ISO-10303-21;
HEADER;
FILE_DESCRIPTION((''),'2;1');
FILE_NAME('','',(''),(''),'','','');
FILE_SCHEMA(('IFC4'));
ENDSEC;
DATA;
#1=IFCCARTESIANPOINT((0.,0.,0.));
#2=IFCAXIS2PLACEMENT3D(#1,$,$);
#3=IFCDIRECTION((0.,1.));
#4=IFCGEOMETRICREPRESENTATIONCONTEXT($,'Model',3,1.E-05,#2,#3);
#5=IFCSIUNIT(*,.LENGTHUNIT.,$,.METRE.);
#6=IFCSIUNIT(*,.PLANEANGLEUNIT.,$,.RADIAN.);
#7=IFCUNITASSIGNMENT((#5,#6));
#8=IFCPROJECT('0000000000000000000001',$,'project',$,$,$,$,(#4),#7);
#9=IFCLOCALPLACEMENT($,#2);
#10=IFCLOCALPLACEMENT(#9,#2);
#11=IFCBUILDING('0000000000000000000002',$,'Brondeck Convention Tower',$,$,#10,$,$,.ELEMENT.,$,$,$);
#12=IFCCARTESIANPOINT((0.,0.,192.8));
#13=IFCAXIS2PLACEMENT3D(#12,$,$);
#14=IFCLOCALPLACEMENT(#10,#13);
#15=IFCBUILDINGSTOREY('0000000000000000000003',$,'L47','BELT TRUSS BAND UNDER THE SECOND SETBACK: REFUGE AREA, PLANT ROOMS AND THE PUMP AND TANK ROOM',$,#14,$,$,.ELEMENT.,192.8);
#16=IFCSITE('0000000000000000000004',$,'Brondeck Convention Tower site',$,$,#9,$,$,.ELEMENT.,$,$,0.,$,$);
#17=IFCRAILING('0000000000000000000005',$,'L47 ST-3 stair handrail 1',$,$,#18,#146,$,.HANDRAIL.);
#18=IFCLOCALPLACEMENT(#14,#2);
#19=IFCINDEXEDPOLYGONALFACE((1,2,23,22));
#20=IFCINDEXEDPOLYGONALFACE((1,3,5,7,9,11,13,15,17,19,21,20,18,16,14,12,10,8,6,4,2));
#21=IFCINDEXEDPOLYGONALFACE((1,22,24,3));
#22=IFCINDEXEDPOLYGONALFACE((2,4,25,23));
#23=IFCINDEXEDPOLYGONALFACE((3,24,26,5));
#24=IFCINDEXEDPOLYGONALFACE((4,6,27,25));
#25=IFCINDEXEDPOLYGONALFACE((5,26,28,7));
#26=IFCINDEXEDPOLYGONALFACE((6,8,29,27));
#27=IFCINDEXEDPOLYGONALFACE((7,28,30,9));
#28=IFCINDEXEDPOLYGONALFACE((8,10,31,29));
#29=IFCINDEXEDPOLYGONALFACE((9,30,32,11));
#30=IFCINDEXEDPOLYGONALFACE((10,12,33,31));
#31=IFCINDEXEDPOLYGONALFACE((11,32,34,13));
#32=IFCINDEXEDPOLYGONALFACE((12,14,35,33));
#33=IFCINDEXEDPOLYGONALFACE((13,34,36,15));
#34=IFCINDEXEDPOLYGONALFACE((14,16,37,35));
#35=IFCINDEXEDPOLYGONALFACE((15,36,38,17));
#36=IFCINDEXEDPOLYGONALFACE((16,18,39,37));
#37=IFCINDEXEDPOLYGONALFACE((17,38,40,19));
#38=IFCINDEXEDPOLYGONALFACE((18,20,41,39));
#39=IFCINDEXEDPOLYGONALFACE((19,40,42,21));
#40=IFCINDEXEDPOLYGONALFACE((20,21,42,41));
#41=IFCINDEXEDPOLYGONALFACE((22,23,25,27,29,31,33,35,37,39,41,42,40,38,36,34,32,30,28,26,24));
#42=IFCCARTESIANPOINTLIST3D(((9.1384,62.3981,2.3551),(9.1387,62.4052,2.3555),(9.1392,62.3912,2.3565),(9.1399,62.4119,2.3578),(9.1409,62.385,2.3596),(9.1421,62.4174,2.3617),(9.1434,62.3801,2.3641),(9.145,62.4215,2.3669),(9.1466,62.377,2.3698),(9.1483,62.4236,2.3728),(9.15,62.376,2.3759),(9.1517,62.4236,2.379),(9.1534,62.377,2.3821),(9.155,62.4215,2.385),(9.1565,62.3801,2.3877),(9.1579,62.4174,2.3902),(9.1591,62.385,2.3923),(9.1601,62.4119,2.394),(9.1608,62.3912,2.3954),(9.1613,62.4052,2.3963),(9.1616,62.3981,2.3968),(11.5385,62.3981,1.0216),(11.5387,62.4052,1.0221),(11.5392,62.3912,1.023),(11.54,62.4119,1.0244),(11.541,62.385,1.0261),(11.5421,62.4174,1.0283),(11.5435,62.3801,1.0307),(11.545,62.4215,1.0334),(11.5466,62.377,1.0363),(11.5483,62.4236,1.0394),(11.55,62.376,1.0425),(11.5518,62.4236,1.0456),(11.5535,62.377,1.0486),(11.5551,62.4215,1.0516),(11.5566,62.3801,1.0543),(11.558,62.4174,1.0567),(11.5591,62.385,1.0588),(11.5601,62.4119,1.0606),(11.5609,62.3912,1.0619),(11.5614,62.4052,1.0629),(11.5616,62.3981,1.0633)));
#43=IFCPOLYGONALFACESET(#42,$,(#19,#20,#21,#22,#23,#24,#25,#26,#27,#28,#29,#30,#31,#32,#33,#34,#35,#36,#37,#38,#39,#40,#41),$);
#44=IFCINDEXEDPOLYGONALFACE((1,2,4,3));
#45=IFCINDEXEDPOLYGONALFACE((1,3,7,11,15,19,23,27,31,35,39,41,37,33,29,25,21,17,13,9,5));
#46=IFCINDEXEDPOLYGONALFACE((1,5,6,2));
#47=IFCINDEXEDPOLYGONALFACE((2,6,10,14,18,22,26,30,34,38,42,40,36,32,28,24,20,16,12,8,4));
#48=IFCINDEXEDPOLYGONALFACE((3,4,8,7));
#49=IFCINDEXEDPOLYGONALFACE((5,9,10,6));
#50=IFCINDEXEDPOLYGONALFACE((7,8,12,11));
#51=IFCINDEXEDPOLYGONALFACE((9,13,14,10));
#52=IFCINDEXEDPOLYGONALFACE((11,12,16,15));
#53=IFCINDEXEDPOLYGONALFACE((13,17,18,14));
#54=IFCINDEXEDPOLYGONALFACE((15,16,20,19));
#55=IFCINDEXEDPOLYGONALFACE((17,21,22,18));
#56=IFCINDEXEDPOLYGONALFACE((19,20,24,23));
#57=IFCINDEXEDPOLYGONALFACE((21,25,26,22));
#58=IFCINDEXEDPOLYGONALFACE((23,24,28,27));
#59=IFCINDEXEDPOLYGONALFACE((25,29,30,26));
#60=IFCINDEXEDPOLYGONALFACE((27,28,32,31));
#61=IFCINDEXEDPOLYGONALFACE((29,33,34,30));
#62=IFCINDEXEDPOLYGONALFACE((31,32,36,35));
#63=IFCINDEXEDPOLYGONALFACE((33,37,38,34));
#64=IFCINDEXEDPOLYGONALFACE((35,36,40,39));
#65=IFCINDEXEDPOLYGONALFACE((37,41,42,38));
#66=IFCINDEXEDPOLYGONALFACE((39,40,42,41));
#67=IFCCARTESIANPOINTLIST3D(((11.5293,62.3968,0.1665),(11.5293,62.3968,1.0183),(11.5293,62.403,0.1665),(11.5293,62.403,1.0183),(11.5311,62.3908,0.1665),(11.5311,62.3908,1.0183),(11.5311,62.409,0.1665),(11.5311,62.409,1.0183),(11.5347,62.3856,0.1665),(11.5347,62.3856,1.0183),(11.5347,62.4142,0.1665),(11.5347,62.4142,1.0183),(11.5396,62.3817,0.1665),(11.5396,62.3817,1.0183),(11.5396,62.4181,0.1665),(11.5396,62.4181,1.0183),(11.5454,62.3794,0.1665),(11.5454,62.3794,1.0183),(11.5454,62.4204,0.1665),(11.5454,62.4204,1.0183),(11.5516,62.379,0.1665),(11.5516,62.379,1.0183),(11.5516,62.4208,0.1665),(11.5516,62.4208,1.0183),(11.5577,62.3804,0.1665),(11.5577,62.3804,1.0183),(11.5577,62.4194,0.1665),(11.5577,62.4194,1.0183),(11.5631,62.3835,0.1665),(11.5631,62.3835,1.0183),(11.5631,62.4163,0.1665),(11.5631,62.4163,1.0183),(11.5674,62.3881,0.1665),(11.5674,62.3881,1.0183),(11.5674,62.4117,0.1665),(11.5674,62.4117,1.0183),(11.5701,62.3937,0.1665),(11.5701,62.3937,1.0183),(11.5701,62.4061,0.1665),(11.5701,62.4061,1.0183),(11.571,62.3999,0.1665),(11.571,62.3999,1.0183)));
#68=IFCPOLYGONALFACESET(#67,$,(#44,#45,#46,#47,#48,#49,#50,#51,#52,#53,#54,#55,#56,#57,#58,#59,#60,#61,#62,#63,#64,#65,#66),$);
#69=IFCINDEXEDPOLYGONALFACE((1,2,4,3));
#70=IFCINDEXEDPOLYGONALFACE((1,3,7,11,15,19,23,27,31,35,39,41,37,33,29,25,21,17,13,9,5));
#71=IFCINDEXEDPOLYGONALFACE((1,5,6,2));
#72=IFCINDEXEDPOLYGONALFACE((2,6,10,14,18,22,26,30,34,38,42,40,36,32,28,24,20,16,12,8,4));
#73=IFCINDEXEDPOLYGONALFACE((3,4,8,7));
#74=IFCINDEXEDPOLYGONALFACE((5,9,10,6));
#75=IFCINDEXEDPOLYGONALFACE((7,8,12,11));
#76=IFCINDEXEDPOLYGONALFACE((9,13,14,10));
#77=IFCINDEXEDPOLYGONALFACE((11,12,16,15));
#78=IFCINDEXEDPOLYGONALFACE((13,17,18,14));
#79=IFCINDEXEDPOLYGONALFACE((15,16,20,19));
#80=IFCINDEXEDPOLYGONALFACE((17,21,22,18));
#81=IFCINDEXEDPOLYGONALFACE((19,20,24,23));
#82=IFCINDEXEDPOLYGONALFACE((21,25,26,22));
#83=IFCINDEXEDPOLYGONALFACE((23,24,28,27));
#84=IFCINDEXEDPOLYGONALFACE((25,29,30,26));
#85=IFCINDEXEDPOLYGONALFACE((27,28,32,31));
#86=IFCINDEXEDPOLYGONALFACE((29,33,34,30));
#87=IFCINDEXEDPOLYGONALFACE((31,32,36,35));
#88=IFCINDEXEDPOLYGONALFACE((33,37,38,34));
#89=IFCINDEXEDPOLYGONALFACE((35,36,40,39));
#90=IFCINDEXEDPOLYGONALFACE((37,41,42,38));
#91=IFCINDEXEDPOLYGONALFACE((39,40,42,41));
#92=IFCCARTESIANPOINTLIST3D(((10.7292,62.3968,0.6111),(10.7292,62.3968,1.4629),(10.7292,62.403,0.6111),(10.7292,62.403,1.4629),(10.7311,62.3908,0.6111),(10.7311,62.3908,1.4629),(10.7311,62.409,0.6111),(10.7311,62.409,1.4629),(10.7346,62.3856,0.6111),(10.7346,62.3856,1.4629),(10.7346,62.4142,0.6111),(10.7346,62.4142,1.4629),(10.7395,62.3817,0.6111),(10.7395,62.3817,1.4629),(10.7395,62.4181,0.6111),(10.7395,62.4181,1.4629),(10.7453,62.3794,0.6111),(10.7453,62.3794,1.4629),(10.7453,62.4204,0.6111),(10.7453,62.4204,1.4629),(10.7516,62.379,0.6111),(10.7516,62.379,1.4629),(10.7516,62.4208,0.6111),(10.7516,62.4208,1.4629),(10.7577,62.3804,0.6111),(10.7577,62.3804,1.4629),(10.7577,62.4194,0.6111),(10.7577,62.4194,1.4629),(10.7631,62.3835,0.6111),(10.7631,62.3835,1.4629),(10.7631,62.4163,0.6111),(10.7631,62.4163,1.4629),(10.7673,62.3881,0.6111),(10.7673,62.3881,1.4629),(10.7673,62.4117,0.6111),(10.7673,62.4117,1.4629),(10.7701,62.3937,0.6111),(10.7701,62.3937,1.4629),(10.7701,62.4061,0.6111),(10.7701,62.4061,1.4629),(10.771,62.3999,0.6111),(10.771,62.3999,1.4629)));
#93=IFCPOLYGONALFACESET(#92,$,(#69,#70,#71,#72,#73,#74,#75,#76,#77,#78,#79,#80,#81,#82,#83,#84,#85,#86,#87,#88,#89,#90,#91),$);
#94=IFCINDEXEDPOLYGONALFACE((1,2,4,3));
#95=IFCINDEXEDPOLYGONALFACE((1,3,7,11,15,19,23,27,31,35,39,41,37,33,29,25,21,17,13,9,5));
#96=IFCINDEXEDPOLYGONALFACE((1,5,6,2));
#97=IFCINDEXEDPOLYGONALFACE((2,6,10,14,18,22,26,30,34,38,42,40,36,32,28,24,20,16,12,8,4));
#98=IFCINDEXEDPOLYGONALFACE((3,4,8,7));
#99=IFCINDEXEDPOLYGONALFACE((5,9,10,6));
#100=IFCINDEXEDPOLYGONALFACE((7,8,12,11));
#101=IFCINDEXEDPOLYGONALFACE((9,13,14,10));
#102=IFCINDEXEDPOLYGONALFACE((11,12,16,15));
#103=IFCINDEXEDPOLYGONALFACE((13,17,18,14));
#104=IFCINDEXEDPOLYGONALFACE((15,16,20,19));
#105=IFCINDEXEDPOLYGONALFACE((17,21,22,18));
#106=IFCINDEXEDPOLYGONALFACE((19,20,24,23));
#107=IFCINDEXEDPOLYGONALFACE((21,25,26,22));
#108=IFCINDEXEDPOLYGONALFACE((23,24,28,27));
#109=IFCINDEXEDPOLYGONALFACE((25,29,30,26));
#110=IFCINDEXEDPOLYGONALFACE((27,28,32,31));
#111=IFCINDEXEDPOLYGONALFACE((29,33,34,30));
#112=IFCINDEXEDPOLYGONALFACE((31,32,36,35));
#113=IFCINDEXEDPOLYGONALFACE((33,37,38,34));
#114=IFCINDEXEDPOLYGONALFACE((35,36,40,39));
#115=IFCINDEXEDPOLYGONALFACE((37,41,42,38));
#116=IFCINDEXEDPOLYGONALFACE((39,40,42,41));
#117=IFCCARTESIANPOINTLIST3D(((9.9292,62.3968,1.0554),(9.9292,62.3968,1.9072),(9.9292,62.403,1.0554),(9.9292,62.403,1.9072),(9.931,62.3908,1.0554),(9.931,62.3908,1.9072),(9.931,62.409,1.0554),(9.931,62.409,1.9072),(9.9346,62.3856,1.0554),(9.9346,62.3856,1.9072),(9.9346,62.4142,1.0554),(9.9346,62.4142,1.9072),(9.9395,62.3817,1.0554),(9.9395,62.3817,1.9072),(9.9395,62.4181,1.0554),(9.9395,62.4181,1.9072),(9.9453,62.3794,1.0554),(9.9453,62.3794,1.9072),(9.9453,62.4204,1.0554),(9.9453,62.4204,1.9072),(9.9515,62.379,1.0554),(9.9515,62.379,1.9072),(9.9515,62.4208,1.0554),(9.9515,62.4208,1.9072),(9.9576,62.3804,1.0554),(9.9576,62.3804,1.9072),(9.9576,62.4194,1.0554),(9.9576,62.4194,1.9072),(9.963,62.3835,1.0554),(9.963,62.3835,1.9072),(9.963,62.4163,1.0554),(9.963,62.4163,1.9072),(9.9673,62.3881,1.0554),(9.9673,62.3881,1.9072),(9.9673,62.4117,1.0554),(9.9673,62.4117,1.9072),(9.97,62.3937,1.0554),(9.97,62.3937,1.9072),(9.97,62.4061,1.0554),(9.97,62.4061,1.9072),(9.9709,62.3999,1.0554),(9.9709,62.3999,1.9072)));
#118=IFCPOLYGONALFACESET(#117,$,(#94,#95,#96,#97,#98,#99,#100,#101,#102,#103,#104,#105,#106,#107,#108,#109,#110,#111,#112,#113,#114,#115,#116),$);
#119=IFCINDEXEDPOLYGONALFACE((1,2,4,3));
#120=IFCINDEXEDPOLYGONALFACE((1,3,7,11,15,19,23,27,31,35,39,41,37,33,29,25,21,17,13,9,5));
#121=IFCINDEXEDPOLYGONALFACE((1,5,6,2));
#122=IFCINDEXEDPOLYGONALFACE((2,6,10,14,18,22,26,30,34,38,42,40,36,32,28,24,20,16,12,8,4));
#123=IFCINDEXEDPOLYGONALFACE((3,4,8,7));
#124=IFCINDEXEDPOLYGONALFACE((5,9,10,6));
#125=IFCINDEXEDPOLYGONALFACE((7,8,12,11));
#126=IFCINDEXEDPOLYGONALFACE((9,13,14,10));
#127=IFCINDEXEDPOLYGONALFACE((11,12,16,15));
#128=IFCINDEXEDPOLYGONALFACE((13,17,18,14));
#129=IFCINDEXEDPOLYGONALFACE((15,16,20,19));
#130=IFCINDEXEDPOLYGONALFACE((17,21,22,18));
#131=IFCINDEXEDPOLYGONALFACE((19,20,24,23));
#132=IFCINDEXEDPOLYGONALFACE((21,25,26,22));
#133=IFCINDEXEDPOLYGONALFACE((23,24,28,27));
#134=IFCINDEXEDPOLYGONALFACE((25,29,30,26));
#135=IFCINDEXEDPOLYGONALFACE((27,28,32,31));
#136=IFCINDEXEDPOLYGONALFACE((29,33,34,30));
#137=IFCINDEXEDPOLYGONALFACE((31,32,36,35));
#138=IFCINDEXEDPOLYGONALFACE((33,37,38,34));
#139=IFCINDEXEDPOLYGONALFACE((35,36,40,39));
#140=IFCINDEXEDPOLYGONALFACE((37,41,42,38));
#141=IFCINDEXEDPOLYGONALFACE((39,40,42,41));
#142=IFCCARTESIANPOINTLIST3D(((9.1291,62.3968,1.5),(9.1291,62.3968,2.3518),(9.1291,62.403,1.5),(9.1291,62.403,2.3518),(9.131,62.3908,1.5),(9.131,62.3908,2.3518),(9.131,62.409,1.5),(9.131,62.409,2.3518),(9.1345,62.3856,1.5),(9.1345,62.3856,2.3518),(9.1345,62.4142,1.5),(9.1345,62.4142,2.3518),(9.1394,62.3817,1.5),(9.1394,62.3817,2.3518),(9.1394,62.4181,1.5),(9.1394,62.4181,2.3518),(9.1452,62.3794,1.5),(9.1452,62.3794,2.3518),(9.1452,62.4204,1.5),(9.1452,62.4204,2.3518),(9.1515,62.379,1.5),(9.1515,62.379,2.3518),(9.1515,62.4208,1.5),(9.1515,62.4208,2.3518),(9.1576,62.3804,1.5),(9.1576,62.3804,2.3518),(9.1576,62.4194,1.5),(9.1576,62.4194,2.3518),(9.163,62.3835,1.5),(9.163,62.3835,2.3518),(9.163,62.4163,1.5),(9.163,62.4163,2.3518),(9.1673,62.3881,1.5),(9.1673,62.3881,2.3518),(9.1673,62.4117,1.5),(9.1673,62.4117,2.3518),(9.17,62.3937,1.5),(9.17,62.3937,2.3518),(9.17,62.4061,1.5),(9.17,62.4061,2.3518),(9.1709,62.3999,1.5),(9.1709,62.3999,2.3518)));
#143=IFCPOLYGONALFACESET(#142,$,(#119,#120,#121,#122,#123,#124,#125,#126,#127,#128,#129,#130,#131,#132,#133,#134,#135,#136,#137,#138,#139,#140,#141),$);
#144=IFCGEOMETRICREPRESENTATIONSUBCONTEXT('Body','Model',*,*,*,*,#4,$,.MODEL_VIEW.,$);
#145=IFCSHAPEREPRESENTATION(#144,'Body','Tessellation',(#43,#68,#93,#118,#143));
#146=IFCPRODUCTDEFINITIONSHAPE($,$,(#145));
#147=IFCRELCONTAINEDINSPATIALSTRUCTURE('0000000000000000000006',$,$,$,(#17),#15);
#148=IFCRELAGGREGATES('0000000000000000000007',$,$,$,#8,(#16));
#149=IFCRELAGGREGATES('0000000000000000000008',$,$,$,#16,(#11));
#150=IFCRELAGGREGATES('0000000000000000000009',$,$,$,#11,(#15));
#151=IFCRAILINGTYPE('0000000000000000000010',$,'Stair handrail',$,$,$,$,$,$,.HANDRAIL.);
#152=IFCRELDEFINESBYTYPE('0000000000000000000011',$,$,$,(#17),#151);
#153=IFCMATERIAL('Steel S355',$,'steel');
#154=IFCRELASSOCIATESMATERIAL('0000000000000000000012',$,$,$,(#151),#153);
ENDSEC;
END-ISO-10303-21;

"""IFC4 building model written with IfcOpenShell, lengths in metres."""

from ifc_helpers import new_model, si_unit, direction, frame, origin, origin_2d, place, context, subcontext, project, spatial, circle, extrude, material, type_object, element, save


model = new_model("IFC4")

# Units and contexts
model_context = context("Model", 3, precision=1e-05, world=origin(), true_north=direction((0.0, 1.0)))
body_context = subcontext(model_context, "Body", "Model", "MODEL_VIEW")
ifc_project = project(units=[si_unit("LENGTHUNIT", "METRE"), si_unit("PLANEANGLEUNIT", "RADIAN")], contexts=[model_context])

# Site, building, storey
site_placement = place(None, origin())
site = spatial("IfcSite", under=ifc_project, at=site_placement, Name="Brondeck Convention Tower site", CompositionType="ELEMENT", RefElevation=0.0)
building_placement = place(site_placement, origin())
building = spatial("IfcBuilding", under=site, at=building_placement, Name="Brondeck Convention Tower", CompositionType="ELEMENT")
storey_placement = place(building_placement, frame((0.0, 0.0, 192.8)))
storey = spatial("IfcBuildingStorey", under=building, at=storey_placement, Name="L47", Description="BELT TRUSS BAND UNDER THE SECOND SETBACK: REFUGE AREA, PLANT ROOMS AND THE PUMP AND TANK ROOM", CompositionType="ELEMENT", Elevation=192.8)

# Shared definitions
ifc_material_1 = material(Name="Steel S355", Category="steel")

# Railing
railing_type_1 = type_object("IfcRailingType", Name="Stair handrail", PredefinedType="HANDRAIL", material=ifc_material_1)
railing_1_placement = place(storey_placement, frame((11.55, 62.3999, 0.1665)))
element("IfcRailing", 1, at=railing_1_placement, inside=storey, type_object=railing_type_1, Name="L47 ST-3 stair handrail 1", PredefinedType="HANDRAIL", context=body_context, shape_type="SweptSolid", body=[
    extrude(circle(Radius=0.0239, at=origin_2d()), frame((0.0, 0.0, 0.876), z_axis=(-0.874145, 0.0, 0.485666), x_axis=(0.0, -1.0, 0.0)), (0.0, 0.0, 1.0), 2.7456),
    extrude(circle(Radius=0.021, at=origin_2d()), origin(), (0.0, 0.0, 1.0), 0.8518),
    extrude(circle(Radius=0.021, at=origin_2d()), frame((-0.8, 0.0, 0.4446)), (0.0, 0.0, 1.0), 0.8518),
    extrude(circle(Radius=0.021, at=origin_2d()), frame((-1.6001, 0.0, 0.8889)), (0.0, 0.0, 1.0), 0.8518),
    extrude(circle(Radius=0.021, at=origin_2d()), frame((-2.4001, 0.0, 1.3335)), (0.0, 0.0, 1.0), 0.8518),
])

save(model, "model.ifc")
